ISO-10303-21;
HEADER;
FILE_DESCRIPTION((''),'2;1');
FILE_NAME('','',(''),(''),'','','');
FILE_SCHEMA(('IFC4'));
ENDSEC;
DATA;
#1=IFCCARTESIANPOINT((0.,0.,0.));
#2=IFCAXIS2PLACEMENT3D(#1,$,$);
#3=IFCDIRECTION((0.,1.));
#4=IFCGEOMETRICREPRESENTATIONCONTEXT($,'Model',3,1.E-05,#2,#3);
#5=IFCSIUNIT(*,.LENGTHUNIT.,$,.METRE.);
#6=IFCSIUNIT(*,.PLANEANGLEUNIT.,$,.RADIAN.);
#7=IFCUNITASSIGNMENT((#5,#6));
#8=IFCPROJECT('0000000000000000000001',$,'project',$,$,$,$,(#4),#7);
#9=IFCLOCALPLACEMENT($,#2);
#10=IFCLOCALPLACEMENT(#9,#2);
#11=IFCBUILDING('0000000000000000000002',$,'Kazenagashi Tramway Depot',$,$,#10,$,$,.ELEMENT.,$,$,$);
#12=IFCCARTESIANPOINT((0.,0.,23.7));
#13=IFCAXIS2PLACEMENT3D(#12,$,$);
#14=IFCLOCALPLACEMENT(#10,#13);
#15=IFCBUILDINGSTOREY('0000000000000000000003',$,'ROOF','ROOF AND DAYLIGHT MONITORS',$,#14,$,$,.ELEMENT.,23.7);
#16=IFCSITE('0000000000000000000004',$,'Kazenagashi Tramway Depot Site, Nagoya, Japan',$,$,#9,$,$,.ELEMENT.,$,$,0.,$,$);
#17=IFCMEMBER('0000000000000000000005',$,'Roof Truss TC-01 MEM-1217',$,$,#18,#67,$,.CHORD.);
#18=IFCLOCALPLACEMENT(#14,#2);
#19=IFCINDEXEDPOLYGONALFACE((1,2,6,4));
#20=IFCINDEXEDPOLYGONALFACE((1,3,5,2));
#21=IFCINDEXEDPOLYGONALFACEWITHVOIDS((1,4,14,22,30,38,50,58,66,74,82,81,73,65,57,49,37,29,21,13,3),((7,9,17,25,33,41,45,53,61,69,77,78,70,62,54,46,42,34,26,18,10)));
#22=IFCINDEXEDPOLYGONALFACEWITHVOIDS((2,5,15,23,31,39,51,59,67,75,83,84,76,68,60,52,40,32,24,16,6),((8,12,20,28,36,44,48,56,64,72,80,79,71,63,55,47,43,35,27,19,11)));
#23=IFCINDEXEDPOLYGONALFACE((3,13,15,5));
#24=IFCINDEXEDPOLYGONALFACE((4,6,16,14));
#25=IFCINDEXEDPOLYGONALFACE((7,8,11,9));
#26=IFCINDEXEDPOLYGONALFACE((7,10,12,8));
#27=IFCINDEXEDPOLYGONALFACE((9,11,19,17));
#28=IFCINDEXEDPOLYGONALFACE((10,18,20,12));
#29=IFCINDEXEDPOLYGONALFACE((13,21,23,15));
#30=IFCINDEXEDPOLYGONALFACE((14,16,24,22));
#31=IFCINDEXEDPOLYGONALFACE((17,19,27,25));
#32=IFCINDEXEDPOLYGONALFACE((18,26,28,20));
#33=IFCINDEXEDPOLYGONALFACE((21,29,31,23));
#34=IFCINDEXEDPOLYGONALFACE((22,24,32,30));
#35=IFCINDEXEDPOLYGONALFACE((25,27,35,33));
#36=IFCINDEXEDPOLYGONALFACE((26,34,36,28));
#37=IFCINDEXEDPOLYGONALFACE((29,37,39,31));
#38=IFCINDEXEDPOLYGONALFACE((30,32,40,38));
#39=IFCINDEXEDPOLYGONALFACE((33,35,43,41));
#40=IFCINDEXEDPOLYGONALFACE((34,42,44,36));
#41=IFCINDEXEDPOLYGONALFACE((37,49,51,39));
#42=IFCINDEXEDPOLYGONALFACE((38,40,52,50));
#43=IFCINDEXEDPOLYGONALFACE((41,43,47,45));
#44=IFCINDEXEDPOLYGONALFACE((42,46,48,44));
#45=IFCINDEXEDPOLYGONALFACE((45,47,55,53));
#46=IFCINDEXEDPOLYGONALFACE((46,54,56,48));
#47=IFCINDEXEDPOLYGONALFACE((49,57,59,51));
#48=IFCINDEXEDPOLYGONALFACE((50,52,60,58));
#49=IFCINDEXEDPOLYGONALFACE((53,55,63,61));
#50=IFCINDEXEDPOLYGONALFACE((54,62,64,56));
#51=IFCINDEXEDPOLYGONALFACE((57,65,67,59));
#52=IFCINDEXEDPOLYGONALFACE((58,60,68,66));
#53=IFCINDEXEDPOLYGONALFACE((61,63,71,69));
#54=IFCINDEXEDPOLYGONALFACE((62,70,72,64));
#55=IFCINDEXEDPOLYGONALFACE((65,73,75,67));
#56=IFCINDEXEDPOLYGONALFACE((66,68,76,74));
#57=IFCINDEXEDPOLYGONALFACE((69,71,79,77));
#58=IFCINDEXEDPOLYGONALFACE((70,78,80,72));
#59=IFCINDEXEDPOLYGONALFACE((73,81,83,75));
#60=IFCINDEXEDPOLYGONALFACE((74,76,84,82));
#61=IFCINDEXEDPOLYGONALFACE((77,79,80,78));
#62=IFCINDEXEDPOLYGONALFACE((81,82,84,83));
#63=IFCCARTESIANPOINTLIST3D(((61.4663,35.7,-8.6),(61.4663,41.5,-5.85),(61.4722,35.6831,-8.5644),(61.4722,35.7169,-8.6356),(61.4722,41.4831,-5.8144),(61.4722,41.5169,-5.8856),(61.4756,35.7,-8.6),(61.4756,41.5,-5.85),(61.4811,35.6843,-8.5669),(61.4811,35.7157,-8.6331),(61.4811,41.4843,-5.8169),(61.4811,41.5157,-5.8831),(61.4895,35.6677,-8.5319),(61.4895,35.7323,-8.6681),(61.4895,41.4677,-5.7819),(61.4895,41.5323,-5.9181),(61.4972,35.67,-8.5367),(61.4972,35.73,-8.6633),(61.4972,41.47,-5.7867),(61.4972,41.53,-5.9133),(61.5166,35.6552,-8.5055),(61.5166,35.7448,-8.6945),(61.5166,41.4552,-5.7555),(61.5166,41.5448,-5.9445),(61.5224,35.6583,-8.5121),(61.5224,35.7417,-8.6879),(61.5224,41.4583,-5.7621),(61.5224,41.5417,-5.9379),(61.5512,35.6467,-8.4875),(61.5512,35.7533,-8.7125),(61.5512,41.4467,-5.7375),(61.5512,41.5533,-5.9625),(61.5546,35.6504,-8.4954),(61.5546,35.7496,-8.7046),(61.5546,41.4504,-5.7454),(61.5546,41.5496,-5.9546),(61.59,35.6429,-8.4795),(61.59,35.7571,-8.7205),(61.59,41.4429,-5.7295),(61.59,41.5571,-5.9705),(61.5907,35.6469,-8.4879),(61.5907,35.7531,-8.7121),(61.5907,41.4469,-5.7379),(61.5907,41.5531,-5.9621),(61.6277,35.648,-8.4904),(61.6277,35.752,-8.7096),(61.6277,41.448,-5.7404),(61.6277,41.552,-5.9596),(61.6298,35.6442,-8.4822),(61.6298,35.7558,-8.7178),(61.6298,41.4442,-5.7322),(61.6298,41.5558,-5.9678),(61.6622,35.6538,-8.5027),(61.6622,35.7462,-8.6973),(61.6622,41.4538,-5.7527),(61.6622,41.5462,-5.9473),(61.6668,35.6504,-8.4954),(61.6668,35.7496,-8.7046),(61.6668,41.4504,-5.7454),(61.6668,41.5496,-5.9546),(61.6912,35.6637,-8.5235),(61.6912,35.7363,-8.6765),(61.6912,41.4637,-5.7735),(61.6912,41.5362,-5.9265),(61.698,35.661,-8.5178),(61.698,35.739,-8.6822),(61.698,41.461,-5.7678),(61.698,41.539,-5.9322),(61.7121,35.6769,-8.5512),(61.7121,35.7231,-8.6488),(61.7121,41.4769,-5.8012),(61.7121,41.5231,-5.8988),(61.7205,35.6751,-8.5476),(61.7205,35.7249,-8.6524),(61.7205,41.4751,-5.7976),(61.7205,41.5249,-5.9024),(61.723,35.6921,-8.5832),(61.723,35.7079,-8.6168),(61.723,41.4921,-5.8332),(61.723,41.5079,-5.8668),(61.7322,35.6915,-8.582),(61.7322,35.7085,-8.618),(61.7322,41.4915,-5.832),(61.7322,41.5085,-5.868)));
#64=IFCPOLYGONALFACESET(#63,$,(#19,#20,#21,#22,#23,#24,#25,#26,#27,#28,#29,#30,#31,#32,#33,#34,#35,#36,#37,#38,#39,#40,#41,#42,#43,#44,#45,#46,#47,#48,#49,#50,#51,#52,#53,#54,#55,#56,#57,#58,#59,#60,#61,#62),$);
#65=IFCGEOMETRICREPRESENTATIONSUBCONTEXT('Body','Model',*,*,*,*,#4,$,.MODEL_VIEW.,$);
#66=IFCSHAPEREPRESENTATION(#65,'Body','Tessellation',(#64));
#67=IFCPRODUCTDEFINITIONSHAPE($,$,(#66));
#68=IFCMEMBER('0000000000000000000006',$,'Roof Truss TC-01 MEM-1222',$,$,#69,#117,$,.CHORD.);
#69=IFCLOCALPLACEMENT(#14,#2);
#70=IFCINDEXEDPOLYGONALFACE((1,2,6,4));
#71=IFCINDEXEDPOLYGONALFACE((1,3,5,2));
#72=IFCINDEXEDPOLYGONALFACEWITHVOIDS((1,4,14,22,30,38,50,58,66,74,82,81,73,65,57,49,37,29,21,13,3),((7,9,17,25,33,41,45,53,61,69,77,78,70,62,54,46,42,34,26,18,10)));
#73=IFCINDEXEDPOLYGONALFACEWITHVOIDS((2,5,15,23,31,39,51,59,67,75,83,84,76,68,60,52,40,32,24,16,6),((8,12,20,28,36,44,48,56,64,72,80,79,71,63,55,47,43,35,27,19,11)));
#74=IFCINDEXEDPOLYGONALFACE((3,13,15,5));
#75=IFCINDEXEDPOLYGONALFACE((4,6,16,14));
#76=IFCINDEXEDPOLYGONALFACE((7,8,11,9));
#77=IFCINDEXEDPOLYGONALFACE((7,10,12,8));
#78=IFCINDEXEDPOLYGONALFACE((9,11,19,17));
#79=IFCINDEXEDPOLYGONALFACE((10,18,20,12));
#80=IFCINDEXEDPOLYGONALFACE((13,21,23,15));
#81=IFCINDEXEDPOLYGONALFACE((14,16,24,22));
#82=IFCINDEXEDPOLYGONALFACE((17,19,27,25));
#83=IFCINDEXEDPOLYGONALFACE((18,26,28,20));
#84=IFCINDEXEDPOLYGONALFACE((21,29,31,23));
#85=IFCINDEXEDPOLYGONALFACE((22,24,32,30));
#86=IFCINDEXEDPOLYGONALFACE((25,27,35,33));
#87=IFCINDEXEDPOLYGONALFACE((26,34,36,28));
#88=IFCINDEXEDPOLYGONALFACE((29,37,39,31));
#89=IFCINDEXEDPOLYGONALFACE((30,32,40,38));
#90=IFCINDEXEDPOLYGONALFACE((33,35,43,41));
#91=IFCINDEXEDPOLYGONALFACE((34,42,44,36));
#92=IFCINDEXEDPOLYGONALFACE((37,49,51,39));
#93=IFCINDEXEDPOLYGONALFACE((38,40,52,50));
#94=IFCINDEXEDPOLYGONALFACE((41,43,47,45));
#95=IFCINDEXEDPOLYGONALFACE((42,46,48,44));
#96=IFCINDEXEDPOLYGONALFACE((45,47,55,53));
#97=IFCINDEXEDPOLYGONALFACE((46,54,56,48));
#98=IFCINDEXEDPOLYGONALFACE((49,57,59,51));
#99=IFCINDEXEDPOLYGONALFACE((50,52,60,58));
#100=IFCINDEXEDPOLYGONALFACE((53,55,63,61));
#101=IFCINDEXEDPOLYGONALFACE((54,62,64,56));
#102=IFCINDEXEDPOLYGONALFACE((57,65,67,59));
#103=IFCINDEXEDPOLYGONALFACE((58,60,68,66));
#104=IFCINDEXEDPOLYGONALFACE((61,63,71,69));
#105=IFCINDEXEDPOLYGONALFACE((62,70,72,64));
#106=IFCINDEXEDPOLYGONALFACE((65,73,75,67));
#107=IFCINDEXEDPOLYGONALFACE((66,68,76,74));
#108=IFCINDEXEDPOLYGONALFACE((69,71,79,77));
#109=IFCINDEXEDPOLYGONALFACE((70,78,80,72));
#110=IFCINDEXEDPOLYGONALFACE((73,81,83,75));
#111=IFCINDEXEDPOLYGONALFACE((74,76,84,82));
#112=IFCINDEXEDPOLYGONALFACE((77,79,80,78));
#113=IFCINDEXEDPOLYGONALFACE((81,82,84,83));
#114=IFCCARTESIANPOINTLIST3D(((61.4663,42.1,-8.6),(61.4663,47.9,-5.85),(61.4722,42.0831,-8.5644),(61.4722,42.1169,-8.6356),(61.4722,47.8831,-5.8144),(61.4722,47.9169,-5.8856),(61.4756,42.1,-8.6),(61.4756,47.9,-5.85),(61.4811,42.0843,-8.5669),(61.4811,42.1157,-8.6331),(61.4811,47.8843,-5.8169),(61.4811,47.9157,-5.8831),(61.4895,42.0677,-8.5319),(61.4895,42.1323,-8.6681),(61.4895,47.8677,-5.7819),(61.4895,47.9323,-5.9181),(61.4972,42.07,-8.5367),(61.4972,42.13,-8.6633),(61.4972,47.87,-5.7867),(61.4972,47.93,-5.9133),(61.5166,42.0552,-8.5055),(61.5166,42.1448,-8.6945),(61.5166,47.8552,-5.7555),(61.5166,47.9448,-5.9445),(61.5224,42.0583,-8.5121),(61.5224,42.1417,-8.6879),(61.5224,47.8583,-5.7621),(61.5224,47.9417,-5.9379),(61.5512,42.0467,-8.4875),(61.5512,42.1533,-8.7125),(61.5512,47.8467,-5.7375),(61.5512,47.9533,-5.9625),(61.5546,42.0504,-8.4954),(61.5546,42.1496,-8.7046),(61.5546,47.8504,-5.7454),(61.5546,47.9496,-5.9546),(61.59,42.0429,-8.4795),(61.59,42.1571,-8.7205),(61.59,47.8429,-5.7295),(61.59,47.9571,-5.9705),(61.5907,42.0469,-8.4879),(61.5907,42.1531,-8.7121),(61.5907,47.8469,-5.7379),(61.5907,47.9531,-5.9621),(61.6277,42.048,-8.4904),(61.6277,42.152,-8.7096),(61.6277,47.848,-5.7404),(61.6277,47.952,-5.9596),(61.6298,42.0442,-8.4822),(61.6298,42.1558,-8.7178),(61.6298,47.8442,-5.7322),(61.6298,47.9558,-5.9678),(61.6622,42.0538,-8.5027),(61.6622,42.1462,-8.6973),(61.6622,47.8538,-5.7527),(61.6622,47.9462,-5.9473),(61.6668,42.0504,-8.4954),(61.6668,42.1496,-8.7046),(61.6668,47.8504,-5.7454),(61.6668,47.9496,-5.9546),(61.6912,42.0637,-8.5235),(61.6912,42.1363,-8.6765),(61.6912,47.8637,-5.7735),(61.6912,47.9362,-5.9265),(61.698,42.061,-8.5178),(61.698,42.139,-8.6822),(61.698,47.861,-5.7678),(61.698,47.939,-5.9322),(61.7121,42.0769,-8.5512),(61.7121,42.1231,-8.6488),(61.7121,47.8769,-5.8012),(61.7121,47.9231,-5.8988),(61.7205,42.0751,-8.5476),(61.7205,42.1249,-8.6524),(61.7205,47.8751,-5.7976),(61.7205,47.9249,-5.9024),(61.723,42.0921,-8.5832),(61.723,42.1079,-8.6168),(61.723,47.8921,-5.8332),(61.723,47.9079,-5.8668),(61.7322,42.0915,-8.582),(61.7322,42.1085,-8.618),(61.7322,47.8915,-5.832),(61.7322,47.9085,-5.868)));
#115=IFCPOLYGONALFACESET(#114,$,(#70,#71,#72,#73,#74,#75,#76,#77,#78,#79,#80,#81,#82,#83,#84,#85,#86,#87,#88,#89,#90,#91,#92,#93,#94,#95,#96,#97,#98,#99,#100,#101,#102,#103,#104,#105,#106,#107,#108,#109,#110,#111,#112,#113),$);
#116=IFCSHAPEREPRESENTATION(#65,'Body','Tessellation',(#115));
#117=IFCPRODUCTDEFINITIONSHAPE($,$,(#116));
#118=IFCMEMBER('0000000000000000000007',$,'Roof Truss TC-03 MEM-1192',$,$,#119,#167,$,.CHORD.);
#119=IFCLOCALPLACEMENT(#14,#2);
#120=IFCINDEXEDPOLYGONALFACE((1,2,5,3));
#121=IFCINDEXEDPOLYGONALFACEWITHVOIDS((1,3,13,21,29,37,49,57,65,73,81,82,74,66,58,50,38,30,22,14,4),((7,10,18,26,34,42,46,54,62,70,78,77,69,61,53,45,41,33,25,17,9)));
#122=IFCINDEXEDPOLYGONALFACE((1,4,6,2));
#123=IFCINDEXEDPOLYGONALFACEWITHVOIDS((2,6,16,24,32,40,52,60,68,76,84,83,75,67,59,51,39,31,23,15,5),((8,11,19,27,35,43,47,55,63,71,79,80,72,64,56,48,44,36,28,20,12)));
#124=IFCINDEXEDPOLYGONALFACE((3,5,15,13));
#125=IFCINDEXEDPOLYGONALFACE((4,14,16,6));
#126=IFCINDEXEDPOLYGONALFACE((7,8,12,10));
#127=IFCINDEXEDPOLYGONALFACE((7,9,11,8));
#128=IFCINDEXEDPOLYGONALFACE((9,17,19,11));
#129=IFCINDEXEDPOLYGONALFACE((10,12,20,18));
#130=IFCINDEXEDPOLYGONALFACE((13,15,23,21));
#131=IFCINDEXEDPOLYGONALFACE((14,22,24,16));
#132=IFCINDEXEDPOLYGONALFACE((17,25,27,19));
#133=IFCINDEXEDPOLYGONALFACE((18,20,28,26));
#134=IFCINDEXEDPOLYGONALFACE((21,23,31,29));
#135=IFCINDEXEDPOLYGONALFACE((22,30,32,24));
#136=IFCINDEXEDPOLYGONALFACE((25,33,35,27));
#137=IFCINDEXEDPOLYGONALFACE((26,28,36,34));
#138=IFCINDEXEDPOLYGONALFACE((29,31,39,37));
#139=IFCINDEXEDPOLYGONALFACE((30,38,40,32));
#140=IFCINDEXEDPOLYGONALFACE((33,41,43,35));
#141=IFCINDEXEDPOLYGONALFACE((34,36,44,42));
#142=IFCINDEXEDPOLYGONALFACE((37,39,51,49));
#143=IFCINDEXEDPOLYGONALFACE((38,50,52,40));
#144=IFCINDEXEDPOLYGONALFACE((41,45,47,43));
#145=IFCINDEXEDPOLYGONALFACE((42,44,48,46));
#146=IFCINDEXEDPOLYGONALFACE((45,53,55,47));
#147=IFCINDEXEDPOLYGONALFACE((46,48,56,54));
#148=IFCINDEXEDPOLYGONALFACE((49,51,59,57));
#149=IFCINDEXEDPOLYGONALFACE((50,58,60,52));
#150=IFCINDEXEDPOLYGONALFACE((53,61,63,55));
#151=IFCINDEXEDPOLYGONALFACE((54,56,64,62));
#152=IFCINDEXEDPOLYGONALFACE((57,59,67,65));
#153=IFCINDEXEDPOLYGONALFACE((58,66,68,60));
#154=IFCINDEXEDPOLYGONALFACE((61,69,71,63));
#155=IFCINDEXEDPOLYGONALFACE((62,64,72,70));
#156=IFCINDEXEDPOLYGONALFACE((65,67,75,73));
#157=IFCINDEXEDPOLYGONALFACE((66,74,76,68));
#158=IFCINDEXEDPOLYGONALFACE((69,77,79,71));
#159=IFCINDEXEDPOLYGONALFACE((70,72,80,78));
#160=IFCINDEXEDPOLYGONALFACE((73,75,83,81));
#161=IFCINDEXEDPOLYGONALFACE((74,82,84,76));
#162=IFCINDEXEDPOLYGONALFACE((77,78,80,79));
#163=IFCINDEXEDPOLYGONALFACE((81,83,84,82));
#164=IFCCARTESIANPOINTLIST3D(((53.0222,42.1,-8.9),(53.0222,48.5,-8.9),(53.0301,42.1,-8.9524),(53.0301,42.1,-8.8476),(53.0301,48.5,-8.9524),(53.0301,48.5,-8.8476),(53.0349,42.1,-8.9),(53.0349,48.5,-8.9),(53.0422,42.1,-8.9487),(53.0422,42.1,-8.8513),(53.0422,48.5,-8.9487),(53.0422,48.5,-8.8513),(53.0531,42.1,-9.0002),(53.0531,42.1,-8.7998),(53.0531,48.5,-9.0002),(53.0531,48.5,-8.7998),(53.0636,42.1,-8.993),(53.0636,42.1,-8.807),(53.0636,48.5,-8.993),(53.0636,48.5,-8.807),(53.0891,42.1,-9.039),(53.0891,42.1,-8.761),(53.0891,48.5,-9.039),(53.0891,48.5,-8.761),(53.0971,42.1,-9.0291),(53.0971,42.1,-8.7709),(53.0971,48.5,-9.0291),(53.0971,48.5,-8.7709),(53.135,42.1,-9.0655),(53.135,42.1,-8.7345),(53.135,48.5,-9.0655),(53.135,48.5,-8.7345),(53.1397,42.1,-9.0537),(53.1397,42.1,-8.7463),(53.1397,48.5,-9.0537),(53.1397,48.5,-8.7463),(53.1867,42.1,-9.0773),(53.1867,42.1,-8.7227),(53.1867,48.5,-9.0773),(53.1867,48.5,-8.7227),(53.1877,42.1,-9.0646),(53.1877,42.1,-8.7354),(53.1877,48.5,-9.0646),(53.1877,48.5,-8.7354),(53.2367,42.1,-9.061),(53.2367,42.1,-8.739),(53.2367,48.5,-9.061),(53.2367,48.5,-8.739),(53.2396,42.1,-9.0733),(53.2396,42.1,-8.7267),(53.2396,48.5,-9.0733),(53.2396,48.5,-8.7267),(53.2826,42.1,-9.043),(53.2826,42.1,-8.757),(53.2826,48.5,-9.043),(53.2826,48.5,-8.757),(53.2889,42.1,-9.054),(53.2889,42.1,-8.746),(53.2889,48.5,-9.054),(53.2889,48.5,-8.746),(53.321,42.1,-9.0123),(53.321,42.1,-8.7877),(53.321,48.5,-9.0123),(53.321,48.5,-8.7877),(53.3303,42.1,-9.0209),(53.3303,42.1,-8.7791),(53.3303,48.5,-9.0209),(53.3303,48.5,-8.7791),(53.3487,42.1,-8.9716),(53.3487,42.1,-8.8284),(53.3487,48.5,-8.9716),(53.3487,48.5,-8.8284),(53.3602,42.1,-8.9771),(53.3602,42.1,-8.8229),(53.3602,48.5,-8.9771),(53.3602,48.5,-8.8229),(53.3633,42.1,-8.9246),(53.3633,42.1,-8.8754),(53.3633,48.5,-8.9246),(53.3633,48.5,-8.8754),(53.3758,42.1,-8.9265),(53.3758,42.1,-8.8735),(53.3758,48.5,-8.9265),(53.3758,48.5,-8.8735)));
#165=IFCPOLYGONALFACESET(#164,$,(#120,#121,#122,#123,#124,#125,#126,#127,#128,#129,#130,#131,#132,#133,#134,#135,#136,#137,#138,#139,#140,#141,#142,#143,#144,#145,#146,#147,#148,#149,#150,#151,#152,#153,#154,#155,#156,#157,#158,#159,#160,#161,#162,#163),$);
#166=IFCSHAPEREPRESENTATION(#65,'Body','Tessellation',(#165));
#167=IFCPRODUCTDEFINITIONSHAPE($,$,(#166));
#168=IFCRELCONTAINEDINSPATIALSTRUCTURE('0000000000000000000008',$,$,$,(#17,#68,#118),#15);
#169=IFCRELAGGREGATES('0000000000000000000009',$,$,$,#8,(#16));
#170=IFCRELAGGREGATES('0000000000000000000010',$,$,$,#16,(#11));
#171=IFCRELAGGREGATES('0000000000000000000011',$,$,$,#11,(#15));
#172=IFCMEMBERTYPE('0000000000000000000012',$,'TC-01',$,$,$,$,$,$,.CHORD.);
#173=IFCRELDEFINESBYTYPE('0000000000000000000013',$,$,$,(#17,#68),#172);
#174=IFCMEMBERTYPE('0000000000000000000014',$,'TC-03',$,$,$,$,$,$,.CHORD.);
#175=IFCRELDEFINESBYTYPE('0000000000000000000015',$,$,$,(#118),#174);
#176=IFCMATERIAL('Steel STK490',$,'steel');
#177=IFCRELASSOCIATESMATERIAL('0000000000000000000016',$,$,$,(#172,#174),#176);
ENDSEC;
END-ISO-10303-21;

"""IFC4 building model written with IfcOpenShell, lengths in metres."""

from ifc_helpers import new_model, si_unit, direction, frame, origin, origin_2d, place, context, subcontext, project, spatial, hollow_circle, extrude, material, material_profile, profile_set, type_object, element, save


model = new_model("IFC4")

# Units and contexts
model_context = context("Model", 3, precision=1e-05, world=origin(), true_north=direction((0.0, 1.0)))
body_context = subcontext(model_context, "Body", "Model", "MODEL_VIEW")
ifc_project = project(units=[si_unit("LENGTHUNIT", "METRE"), si_unit("PLANEANGLEUNIT", "RADIAN")], contexts=[model_context])

# Site, building, storey
site_placement = place(None, origin())
site = spatial("IfcSite", under=ifc_project, at=site_placement, Name="Kazenagashi Tramway Depot Site, Nagoya, Japan", CompositionType="ELEMENT", RefElevation=0.0)
building_placement = place(site_placement, origin())
building = spatial("IfcBuilding", under=site, at=building_placement, Name="Kazenagashi Tramway Depot", CompositionType="ELEMENT")
storey_placement = place(building_placement, frame((0.0, 0.0, 23.7)))
storey = spatial("IfcBuildingStorey", under=building, at=storey_placement, Name="ROOF", Description="ROOF AND DAYLIGHT MONITORS", CompositionType="ELEMENT", Elevation=23.7)

# Members
ifc_material_1 = material(Name="Steel STK490", Category="steel")
ifc_material_profile_1 = material_profile(ifc_material_1, hollow_circle(Radius=0.1337, WallThickness=0.0093, at=origin_2d()), Name="CHS-267.4x9.3")
ifc_profile_set_1 = profile_set([ifc_material_profile_1], Name="Steel STK490")
member_type_1 = type_object("IfcMemberType", Name="TC-01", PredefinedType="CHORD", material=ifc_profile_set_1)
for number, where, z_axis, x_axis, name in (
    (1, (61.6, 35.7, -8.6), (0.0, 0.903579, 0.428421), (-1.0, 0.0, 0.0), "Roof Truss TC-01 MEM-1217"),
    (2, (61.6, 42.1, -8.6), (0.0, 0.903579, 0.428421), (-1.0, 0.0, 0.0), "Roof Truss TC-01 MEM-1222"),
):
    element("IfcMember", number, at=place(storey_placement, frame(where, z_axis=z_axis, x_axis=x_axis)), inside=storey, type_object=member_type_1, Name=name, PredefinedType="CHORD", context=body_context, shape_type="SweptSolid", body=[
        extrude(hollow_circle(Radius=0.1337, WallThickness=0.0093, at=origin_2d()), origin(), (0.0, 0.0, 1.0), 6.4189),
    ])
ifc_material_profile_2 = material_profile(ifc_material_1, hollow_circle(Radius=0.1778, WallThickness=0.0127, at=origin_2d()), Name="CHS-355.6x12.7")
ifc_profile_set_2 = profile_set([ifc_material_profile_2], Name="Steel STK490")
member_type_2 = type_object("IfcMemberType", Name="TC-03", PredefinedType="CHORD", material=ifc_profile_set_2)
for number, where, z_axis, x_axis, name in (
    (3, (53.2, 42.1, -8.9), (0.0, 1.0, 0.0), (-1.0, 0.0, 0.0), "Roof Truss TC-03 MEM-1192"),
):
    element("IfcMember", number, at=place(storey_placement, frame(where, z_axis=z_axis, x_axis=x_axis)), inside=storey, type_object=member_type_2, Name=name, PredefinedType="CHORD", context=body_context, shape_type="SweptSolid", body=[
        extrude(hollow_circle(Radius=0.1778, WallThickness=0.0127, at=origin_2d()), origin(), (0.0, 0.0, 1.0), 6.4),
    ])

save(model, "model.ifc")
